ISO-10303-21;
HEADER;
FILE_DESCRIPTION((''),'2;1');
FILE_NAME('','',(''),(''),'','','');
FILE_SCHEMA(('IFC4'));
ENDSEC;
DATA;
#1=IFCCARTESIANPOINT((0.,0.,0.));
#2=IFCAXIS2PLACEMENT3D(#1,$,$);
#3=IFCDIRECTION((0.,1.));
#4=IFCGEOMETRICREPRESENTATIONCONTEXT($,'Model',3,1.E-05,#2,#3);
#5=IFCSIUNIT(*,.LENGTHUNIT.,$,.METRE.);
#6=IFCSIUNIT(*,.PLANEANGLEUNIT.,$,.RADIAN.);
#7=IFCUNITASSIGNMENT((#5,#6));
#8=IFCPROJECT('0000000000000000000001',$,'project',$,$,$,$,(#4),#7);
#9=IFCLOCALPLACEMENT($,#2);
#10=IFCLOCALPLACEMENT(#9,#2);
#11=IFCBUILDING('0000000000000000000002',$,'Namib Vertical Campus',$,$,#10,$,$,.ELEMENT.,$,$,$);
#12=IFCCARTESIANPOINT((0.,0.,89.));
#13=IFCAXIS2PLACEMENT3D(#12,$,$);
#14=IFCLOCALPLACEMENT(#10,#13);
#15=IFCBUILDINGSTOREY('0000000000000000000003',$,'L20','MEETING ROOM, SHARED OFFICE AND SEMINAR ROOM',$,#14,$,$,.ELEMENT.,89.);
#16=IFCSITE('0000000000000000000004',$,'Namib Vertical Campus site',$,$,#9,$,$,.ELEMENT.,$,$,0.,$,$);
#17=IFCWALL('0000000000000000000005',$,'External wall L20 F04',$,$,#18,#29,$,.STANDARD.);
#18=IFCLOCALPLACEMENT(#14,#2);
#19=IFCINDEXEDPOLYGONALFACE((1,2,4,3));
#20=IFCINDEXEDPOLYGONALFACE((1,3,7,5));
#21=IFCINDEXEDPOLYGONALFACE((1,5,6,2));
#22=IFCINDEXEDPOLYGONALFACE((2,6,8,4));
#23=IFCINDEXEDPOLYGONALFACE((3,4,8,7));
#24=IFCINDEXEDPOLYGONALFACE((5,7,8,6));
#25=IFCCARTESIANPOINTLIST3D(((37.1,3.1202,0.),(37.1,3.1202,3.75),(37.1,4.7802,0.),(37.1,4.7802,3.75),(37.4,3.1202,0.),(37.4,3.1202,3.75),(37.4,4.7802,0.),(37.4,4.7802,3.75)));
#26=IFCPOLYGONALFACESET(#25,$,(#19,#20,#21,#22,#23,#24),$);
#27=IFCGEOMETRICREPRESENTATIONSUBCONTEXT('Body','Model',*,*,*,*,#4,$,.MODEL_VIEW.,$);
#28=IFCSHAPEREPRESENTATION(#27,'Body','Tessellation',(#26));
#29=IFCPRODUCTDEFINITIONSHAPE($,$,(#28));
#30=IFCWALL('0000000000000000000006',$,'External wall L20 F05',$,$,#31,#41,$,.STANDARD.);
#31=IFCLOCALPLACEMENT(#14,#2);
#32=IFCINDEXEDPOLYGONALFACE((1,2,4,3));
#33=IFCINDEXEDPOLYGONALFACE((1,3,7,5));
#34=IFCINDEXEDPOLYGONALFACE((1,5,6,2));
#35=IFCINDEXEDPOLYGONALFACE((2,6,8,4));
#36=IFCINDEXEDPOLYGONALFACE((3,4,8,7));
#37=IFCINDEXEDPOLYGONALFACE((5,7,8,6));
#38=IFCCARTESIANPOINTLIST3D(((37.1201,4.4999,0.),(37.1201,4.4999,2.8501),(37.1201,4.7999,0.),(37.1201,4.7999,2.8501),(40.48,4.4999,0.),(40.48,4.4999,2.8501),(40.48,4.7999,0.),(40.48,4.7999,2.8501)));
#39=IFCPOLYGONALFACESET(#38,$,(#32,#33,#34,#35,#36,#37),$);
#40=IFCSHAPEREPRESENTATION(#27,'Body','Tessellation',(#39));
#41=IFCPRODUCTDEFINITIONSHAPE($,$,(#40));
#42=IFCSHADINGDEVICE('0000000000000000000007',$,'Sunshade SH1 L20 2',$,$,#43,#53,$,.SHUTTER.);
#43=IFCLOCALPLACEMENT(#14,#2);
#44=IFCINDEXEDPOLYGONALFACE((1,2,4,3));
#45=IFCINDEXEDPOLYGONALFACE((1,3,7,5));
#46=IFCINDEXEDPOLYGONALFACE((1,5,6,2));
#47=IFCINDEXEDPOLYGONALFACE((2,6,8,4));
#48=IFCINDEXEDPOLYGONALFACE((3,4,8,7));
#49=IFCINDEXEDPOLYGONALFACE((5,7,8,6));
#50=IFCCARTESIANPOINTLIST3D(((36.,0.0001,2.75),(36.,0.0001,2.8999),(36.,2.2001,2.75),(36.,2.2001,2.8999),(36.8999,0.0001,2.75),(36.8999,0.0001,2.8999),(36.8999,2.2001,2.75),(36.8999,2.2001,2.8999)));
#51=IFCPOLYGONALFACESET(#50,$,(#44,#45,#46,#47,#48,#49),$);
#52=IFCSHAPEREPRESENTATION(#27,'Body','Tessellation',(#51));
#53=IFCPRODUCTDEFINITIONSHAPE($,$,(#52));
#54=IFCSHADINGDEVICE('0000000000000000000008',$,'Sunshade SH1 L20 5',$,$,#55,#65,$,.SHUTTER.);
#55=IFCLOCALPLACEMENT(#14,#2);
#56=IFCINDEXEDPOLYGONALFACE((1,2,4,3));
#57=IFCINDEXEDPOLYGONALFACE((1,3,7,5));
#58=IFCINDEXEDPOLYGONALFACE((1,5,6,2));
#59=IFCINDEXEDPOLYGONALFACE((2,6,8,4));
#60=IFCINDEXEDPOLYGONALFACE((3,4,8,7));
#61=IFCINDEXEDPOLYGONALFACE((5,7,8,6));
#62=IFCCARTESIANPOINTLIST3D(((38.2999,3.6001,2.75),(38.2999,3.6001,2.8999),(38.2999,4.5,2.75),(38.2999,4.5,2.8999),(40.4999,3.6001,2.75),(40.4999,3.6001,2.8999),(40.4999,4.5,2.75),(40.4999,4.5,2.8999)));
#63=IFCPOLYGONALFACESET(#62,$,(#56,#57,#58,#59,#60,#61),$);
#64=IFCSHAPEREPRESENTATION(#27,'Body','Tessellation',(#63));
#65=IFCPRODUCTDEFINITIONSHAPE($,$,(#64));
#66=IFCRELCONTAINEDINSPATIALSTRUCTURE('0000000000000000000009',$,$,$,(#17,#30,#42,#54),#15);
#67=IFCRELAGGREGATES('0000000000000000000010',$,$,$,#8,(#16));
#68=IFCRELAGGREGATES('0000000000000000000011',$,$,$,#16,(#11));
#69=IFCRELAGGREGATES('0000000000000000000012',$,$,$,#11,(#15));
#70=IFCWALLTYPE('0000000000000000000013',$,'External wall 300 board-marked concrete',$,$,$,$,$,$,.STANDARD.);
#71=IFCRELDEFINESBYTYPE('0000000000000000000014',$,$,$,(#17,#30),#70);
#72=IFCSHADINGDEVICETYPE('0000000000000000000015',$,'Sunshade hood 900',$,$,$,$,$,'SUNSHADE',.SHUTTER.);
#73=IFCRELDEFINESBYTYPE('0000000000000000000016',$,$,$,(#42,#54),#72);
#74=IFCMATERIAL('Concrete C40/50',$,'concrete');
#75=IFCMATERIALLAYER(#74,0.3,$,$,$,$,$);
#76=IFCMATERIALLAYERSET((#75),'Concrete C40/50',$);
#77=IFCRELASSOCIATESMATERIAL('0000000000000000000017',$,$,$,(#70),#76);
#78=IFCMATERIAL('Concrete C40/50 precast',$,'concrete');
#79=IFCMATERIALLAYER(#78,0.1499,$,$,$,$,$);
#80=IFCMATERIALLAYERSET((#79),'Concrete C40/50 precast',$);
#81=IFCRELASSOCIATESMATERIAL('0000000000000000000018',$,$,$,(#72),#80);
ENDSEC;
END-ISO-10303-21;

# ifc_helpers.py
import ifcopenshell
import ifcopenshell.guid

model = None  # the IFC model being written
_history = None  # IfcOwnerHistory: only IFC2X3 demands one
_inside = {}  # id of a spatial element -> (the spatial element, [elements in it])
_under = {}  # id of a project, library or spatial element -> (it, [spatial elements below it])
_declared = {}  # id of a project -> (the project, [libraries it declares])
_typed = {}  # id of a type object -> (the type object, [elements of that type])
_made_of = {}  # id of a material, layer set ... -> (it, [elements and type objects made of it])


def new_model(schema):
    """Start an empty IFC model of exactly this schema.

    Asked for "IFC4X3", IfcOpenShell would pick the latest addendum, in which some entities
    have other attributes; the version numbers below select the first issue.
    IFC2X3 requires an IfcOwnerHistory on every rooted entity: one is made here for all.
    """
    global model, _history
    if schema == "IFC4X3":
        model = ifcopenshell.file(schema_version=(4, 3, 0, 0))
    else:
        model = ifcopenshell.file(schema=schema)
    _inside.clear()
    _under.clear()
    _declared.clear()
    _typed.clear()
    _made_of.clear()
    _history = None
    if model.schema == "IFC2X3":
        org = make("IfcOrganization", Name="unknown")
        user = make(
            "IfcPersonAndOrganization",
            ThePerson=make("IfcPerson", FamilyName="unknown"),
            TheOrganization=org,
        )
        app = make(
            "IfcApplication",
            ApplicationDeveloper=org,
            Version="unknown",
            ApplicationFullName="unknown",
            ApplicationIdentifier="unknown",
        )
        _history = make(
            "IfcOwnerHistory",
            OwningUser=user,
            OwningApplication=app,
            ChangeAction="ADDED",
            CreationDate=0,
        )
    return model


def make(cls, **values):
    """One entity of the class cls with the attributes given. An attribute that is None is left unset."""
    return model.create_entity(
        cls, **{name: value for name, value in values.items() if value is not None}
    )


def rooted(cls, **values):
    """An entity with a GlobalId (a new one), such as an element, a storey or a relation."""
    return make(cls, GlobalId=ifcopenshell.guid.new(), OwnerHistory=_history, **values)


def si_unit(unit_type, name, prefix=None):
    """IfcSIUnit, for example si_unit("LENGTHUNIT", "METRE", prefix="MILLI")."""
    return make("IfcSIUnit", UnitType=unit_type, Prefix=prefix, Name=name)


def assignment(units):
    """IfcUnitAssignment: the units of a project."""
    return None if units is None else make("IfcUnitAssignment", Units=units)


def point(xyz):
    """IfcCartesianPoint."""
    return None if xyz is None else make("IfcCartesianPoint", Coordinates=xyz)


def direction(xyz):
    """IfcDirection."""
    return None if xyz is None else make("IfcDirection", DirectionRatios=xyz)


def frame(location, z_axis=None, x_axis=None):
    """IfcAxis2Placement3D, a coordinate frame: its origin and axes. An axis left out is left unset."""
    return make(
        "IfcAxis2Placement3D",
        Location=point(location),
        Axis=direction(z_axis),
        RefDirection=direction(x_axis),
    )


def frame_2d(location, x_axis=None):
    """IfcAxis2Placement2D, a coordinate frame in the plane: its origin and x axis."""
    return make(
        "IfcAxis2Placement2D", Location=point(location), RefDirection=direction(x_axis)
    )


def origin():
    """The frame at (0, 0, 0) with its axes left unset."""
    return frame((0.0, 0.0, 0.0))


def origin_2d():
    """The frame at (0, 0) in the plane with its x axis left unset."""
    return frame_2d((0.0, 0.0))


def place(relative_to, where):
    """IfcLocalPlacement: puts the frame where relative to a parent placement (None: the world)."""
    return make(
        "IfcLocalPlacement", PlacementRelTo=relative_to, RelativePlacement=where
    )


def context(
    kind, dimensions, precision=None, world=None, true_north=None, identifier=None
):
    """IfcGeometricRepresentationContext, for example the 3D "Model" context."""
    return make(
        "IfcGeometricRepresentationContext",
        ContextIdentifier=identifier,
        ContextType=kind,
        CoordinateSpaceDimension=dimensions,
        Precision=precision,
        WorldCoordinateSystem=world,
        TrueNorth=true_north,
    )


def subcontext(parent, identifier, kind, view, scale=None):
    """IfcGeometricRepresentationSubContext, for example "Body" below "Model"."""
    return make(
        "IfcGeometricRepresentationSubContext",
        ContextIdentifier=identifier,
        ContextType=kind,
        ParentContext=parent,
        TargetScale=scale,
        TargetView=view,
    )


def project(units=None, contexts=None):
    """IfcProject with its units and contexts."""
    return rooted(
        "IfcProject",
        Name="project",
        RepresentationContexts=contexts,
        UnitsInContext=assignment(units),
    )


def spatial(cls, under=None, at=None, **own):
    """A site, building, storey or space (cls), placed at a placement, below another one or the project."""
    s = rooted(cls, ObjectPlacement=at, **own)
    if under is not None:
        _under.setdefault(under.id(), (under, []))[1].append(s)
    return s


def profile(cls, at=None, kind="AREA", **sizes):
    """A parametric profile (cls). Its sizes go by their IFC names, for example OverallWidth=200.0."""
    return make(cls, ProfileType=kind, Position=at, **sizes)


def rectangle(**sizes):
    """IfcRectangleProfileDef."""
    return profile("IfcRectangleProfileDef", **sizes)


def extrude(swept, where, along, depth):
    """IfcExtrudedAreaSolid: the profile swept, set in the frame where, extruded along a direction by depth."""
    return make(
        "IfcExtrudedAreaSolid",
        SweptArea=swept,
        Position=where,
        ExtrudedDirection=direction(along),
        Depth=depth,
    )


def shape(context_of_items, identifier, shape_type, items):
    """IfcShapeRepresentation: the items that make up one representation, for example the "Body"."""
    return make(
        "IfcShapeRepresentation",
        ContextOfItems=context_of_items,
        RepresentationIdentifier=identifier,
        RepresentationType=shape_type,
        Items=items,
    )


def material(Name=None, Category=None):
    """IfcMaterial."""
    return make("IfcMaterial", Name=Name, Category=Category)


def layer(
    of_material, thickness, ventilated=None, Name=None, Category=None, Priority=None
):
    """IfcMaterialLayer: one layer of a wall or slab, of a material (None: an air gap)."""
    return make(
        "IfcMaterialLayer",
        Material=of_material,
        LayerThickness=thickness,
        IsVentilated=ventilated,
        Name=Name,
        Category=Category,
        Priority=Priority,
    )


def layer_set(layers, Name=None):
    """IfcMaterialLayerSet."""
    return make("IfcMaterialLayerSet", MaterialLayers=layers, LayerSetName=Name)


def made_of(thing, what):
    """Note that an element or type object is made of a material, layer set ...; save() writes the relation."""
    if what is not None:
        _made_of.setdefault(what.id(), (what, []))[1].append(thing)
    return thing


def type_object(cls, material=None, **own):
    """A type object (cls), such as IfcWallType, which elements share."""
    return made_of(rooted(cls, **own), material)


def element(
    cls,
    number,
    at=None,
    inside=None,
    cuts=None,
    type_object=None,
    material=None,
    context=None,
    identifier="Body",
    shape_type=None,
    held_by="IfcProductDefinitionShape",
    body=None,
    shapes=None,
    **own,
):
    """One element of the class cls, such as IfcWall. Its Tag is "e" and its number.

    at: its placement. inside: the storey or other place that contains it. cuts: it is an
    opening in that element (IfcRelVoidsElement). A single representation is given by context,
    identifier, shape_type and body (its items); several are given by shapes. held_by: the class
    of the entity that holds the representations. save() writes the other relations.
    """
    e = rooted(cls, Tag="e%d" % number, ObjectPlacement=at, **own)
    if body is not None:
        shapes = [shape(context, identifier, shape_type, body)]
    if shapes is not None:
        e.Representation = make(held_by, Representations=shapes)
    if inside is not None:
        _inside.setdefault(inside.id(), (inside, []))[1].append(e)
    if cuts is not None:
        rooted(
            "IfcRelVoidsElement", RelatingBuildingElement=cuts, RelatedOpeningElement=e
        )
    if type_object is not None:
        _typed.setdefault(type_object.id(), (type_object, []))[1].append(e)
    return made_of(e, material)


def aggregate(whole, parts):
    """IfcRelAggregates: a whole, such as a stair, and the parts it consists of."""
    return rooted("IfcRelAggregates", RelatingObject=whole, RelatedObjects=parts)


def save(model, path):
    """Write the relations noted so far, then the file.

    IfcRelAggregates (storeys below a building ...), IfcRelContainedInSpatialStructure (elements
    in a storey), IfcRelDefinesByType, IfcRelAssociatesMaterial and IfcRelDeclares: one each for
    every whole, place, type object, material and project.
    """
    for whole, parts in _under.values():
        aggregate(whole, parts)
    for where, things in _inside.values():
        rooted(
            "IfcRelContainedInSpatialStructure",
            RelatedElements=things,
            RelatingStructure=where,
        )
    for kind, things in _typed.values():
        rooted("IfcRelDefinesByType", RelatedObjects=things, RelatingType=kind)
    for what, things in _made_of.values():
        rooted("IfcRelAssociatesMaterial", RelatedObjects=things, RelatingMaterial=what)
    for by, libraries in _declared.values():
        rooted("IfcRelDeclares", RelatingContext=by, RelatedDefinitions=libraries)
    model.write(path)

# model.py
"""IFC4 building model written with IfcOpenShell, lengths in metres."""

from ifc_helpers import new_model, si_unit, direction, frame, frame_2d, origin, origin_2d, place, context, subcontext, project, spatial, rectangle, extrude, material, layer, layer_set, type_object, element, save


model = new_model("IFC4")

# Units and contexts
model_context = context("Model", 3, precision=1e-05, world=origin(), true_north=direction((0.0, 1.0)))
body_context = subcontext(model_context, "Body", "Model", "MODEL_VIEW")
ifc_project = project(units=[si_unit("LENGTHUNIT", "METRE"), si_unit("PLANEANGLEUNIT", "RADIAN")], contexts=[model_context])

# Site, building, storey
site_placement = place(None, origin())
site = spatial("IfcSite", under=ifc_project, at=site_placement, Name="Namib Vertical Campus site", CompositionType="ELEMENT", RefElevation=0.0)
building_placement = place(site_placement, origin())
building = spatial("IfcBuilding", under=site, at=building_placement, Name="Namib Vertical Campus", CompositionType="ELEMENT")
storey_placement = place(building_placement, frame((0.0, 0.0, 89.0)))
storey = spatial("IfcBuildingStorey", under=building, at=storey_placement, Name="L20", Description="MEETING ROOM, SHARED OFFICE AND SEMINAR ROOM", CompositionType="ELEMENT", Elevation=89.0)

# Walls
ifc_material_1 = material(Name="Concrete C40/50", Category="concrete")
ifc_layer_1 = layer(ifc_material_1, 0.3)
ifc_layer_set_1 = layer_set([ifc_layer_1], Name="Concrete C40/50")
wall_type_1 = type_object("IfcWallType", Name="External wall 300 board-marked concrete", PredefinedType="STANDARD", material=ifc_layer_set_1)
wall_1_placement = place(storey_placement, frame((37.25, 3.1201, 0.0), z_axis=(0.0, 0.0, 1.0), x_axis=(0.0, 1.0, 0.0)))
element("IfcWall", 1, at=wall_1_placement, inside=storey, type_object=wall_type_1, Name="External wall L20 F04", PredefinedType="STANDARD", context=body_context, shape_type="SweptSolid", body=[
    extrude(rectangle(XDim=1.6599, YDim=0.3, at=frame_2d((0.8301, 0.0))), origin(), (0.0, 0.0, 1.0), 3.75),
])
wall_2_placement = place(storey_placement, frame((37.1201, 4.6499, 0.0), z_axis=(0.0, 0.0, 1.0), x_axis=(1.0, 0.0, 0.0)))
element("IfcWall", 2, at=wall_2_placement, inside=storey, type_object=wall_type_1, Name="External wall L20 F05", PredefinedType="STANDARD", context=body_context, shape_type="SweptSolid", body=[
    extrude(rectangle(XDim=3.3599, YDim=0.3, at=frame_2d((1.6799, 0.0))), origin(), (0.0, 0.0, 1.0), 2.8501),
])

# Shading devices
ifc_material_2 = material(Name="Concrete C40/50 precast", Category="concrete")
ifc_layer_2 = layer(ifc_material_2, 0.1499)
ifc_layer_set_2 = layer_set([ifc_layer_2], Name="Concrete C40/50 precast")
shading_device_type = type_object("IfcShadingDeviceType", Name="Sunshade hood 900", ElementType="SUNSHADE", PredefinedType="SHUTTER", material=ifc_layer_set_2)
for number, where, z_axis, x_axis, name in (
    (3, (36.45, 1.1001, 2.75), (0.0, 0.0, 1.0), (0.0, 1.0, 0.0), "Sunshade SH1 L20 2"),
    (4, (39.3999, 4.05, 2.75), (0.0, 0.0, 1.0), (1.0, 0.0, 0.0), "Sunshade SH1 L20 5"),
):
    element("IfcShadingDevice", number, at=place(storey_placement, frame(where, z_axis=z_axis, x_axis=x_axis)), inside=storey, type_object=shading_device_type, Name=name, PredefinedType="SHUTTER", context=body_context, shape_type="SweptSolid", body=[
        extrude(rectangle(XDim=2.2, YDim=0.8999, at=origin_2d()), origin(), (0.0, 0.0, 1.0), 0.1499),
    ])

save(model, "model.ifc")
